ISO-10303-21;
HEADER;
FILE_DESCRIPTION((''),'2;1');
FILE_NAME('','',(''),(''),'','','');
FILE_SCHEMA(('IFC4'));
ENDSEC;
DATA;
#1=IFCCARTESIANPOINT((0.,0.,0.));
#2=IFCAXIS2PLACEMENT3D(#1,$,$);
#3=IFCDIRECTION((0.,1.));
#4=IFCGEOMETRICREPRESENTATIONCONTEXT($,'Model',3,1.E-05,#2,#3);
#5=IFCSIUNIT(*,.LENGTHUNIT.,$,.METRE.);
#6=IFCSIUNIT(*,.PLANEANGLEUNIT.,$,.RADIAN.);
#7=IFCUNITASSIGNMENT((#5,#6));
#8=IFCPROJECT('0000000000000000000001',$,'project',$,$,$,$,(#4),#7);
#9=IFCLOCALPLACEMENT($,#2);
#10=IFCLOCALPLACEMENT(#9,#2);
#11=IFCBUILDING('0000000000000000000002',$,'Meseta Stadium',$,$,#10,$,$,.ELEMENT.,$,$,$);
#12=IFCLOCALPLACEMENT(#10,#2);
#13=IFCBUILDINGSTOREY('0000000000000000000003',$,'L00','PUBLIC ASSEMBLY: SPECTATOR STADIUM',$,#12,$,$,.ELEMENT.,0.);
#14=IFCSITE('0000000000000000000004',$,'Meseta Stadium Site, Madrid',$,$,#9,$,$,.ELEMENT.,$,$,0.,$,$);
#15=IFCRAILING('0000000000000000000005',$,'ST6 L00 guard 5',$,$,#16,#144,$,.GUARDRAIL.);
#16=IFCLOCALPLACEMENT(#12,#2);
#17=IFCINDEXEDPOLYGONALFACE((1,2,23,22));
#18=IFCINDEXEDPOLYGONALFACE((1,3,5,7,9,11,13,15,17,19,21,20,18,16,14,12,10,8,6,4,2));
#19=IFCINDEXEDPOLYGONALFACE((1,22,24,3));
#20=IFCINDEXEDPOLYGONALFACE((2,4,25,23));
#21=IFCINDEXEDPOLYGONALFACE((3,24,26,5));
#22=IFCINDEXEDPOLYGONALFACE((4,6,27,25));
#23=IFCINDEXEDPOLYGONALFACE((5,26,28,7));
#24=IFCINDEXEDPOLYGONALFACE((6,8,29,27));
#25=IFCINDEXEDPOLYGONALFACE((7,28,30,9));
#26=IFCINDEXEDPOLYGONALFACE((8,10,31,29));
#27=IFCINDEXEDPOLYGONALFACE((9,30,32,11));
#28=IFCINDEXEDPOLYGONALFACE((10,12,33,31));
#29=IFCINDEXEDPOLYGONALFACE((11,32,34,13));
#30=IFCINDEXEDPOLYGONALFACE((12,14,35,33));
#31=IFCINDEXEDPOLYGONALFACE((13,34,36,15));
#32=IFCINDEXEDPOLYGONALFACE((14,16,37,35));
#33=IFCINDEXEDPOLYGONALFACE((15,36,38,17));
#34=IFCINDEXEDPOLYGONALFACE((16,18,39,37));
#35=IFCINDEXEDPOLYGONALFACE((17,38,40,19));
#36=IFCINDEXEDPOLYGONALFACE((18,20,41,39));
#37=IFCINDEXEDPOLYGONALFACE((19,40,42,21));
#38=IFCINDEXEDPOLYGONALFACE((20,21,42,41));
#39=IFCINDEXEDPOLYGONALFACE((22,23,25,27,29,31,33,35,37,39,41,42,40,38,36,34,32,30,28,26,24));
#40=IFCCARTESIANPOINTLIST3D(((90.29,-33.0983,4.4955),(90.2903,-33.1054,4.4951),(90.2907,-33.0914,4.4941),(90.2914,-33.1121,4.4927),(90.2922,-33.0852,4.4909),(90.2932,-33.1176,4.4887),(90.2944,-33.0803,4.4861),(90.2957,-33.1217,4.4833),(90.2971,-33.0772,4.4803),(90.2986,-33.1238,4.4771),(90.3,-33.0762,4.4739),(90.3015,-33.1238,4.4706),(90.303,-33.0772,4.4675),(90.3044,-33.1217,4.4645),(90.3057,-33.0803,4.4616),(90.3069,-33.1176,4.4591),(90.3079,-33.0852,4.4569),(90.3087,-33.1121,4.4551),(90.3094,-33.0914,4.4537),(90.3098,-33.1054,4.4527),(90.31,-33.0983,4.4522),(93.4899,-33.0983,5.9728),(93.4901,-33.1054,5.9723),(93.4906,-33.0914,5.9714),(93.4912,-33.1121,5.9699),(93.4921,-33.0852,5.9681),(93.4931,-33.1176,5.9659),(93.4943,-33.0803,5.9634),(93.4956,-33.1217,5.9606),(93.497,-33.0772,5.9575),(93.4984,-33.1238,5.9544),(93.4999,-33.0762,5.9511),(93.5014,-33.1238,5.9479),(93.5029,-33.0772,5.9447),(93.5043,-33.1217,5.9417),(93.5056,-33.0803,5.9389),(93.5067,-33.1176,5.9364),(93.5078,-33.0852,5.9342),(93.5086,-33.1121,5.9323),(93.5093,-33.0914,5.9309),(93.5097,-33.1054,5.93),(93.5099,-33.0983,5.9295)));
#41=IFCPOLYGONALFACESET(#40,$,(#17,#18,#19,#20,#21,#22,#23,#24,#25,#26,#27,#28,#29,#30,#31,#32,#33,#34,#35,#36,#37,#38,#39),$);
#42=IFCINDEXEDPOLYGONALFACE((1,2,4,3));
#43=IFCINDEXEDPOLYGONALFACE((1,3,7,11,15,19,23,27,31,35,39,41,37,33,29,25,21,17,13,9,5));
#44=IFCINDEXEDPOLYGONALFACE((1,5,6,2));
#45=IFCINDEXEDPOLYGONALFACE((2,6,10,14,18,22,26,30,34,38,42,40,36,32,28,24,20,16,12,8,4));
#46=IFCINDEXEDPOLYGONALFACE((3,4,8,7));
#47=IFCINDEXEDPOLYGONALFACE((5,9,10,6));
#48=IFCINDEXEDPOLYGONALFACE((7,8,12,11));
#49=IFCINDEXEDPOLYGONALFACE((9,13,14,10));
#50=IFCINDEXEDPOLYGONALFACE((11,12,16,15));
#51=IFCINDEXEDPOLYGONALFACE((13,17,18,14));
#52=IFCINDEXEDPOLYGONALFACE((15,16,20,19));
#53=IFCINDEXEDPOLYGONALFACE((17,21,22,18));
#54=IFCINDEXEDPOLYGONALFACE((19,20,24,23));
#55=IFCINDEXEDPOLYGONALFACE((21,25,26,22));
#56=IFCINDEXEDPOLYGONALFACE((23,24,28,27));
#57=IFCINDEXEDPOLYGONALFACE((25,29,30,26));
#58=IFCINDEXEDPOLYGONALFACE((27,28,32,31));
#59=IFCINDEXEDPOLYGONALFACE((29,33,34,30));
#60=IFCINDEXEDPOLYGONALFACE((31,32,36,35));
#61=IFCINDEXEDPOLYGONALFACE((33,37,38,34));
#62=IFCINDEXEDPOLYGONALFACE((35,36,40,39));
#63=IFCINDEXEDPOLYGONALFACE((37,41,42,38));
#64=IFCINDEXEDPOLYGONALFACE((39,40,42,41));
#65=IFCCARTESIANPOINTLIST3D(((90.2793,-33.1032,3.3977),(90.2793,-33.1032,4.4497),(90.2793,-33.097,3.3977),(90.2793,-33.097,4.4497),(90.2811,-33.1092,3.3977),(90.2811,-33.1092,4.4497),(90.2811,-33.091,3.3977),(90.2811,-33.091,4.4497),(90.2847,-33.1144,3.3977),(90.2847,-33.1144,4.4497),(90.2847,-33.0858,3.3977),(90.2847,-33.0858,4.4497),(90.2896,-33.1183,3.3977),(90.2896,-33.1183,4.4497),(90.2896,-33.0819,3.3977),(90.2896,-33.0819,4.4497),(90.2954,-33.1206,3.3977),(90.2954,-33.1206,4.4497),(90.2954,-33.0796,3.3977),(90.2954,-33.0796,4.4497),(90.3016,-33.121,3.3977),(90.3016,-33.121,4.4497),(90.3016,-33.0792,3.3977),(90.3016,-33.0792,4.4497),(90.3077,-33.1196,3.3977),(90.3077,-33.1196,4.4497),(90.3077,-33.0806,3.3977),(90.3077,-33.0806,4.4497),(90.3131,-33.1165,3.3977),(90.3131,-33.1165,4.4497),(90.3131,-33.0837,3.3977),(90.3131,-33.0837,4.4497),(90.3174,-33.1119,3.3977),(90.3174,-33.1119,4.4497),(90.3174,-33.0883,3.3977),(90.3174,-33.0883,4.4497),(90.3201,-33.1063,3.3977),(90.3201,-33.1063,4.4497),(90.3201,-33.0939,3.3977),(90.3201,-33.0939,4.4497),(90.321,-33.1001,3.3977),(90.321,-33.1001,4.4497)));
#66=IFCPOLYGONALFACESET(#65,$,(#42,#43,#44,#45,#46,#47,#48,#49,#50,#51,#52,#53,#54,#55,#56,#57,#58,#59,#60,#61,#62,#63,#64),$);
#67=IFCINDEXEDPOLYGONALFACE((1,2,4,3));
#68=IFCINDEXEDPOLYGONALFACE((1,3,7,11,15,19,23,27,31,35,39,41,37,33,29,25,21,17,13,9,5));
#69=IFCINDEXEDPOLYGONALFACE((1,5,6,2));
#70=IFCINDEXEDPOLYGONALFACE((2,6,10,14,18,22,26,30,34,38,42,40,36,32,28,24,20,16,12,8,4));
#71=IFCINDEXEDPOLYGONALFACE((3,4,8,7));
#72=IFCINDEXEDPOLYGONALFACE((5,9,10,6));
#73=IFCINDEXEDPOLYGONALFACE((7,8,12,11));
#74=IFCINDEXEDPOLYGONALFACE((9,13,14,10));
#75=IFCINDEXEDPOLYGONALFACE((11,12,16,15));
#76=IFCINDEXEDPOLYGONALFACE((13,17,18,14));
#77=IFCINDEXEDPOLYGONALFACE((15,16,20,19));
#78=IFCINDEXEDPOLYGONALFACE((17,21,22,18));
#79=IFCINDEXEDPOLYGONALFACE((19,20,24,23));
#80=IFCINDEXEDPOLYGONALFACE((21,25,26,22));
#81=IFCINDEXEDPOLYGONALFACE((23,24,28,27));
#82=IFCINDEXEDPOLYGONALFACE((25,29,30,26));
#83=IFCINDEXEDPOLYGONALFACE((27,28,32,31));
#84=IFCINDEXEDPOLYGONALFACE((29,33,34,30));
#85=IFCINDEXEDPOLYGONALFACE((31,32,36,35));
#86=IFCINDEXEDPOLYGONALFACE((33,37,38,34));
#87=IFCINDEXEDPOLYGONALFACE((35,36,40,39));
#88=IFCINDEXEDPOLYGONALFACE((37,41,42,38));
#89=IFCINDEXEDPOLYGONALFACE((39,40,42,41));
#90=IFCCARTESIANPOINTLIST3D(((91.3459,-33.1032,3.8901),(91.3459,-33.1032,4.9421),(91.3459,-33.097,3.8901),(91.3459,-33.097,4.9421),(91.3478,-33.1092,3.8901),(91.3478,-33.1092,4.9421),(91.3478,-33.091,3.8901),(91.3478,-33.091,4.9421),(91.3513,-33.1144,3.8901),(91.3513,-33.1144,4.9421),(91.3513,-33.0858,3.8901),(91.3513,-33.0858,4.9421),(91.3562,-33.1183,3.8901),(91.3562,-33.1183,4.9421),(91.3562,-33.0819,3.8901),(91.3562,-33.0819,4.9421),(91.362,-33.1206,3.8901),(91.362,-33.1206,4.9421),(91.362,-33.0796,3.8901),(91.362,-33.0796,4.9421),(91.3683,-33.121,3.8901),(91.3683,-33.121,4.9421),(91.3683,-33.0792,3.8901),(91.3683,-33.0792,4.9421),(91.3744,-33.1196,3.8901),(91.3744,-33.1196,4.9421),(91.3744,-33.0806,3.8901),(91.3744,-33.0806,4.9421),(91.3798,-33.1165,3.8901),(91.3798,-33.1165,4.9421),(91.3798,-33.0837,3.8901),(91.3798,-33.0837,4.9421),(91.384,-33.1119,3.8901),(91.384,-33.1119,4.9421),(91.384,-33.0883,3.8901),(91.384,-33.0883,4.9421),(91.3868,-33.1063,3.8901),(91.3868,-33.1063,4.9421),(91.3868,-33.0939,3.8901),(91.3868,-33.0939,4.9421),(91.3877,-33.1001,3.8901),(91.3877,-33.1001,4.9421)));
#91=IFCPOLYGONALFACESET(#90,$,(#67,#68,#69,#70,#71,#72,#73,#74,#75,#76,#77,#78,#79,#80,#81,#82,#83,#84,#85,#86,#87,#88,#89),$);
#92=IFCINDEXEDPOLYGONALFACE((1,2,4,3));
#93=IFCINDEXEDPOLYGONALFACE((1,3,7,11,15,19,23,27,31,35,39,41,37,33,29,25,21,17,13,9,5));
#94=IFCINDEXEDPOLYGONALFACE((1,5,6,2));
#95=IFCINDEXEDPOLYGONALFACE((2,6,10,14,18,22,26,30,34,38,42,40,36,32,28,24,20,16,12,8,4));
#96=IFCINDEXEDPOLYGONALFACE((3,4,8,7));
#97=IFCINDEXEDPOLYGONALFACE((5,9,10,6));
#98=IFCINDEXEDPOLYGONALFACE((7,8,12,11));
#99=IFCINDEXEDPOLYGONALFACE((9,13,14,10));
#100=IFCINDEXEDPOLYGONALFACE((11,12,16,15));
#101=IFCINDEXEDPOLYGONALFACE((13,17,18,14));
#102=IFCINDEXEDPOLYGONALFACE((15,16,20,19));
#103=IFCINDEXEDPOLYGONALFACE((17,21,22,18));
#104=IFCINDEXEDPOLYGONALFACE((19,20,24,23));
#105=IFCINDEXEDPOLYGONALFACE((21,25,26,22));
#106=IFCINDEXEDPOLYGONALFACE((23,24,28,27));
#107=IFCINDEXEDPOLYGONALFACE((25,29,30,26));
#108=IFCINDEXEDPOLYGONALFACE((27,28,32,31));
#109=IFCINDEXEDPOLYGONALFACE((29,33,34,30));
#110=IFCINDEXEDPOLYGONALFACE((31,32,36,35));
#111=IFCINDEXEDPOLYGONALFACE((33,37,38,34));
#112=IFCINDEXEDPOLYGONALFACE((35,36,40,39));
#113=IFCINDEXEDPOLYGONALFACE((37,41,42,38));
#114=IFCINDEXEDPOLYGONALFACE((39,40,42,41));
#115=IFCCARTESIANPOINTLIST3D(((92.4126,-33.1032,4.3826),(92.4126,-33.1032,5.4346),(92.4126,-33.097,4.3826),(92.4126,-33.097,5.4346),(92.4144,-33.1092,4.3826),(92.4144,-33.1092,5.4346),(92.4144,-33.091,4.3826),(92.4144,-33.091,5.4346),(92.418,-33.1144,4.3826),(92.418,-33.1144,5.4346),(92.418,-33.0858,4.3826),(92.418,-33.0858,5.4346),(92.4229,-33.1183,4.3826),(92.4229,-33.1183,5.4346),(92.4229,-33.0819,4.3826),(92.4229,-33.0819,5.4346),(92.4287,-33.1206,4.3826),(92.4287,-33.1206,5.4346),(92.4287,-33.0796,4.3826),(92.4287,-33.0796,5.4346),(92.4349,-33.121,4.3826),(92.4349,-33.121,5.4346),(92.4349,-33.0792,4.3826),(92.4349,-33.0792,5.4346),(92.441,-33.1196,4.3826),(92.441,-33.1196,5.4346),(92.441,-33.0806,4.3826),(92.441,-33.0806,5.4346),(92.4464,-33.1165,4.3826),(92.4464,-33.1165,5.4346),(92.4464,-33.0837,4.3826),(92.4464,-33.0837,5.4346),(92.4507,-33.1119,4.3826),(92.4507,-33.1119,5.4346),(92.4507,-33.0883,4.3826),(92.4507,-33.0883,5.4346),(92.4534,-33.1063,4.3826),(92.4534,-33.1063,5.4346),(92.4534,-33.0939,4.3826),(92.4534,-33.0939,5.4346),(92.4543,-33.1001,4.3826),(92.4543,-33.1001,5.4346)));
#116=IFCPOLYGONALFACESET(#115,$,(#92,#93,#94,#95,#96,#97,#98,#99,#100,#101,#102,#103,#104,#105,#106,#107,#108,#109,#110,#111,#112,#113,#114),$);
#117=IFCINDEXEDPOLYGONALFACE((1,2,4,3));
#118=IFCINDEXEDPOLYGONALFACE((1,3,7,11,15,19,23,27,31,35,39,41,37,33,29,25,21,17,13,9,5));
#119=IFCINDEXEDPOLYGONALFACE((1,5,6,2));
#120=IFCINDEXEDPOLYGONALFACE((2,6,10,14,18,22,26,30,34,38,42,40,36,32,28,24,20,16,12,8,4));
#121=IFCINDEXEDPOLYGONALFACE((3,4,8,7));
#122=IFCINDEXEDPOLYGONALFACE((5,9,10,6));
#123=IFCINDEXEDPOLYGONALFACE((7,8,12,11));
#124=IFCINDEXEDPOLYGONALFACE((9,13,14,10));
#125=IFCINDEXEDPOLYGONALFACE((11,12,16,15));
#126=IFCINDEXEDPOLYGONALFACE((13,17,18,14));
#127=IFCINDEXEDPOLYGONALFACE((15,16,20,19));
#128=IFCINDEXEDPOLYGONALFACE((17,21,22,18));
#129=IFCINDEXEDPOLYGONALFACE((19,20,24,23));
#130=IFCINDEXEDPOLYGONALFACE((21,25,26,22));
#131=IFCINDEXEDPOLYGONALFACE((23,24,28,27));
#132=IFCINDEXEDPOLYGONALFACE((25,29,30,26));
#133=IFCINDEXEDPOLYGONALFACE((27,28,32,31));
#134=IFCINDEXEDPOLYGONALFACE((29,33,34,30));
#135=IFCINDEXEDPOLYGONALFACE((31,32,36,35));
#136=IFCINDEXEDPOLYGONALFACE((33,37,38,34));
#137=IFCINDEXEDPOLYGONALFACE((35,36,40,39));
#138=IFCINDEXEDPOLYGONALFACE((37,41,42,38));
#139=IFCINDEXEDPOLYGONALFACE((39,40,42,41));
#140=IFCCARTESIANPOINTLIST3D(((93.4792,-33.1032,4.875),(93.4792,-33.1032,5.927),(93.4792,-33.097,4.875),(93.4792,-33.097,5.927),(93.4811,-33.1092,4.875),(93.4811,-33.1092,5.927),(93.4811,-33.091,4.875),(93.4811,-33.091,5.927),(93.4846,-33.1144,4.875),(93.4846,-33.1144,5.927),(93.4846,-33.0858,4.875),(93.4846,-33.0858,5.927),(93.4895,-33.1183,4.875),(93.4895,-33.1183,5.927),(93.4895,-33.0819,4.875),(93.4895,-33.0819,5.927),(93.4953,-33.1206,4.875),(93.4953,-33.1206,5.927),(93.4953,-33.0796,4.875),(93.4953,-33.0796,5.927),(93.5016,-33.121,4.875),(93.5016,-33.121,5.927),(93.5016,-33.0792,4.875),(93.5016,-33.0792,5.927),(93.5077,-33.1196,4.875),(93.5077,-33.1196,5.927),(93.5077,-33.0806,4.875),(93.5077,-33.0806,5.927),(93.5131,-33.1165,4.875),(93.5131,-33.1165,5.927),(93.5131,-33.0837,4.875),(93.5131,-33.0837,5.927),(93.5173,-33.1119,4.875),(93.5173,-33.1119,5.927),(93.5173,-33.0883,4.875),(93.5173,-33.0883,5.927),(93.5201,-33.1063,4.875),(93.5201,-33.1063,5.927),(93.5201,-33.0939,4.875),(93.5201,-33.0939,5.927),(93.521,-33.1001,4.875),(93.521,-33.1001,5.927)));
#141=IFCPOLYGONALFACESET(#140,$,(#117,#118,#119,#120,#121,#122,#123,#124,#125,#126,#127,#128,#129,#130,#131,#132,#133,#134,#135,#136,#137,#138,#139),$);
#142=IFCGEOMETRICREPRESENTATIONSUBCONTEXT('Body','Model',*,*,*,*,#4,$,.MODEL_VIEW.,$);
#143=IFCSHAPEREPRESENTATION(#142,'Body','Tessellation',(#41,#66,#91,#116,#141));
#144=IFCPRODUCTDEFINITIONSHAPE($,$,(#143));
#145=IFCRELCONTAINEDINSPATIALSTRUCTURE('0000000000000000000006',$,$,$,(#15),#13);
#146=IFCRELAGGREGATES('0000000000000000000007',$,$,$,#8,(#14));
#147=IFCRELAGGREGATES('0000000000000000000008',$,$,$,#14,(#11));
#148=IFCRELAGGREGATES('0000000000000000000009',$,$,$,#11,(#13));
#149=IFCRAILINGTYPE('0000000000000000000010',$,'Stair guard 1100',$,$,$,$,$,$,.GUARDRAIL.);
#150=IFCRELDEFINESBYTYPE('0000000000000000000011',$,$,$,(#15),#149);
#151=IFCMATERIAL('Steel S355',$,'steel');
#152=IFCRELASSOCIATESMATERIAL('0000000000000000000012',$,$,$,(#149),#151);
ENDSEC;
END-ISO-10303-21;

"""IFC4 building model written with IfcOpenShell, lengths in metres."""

from ifc_helpers import new_model, si_unit, direction, frame, origin, origin_2d, place, context, subcontext, project, spatial, circle, extrude, material, type_object, element, save


model = new_model("IFC4")

# Units and contexts
model_context = context("Model", 3, precision=1e-05, world=origin(), true_north=direction((0.0, 1.0)))
body_context = subcontext(model_context, "Body", "Model", "MODEL_VIEW")
ifc_project = project(units=[si_unit("LENGTHUNIT", "METRE"), si_unit("PLANEANGLEUNIT", "RADIAN")], contexts=[model_context])

# Site, building, storey
site_placement = place(None, origin())
site = spatial("IfcSite", under=ifc_project, at=site_placement, Name="Meseta Stadium Site, Madrid", CompositionType="ELEMENT", RefElevation=0.0)
building_placement = place(site_placement, origin())
building = spatial("IfcBuilding", under=site, at=building_placement, Name="Meseta Stadium", CompositionType="ELEMENT")
storey_placement = place(building_placement, origin())
storey = spatial("IfcBuildingStorey", under=building, at=storey_placement, Name="L00", Description="PUBLIC ASSEMBLY: SPECTATOR STADIUM", CompositionType="ELEMENT", Elevation=0.0)

# Railing
ifc_material_1 = material(Name="Steel S355", Category="steel")
railing_type_1 = type_object("IfcRailingType", Name="Stair guard 1100", PredefinedType="GUARDRAIL", material=ifc_material_1)
railing_1_placement = place(storey_placement, frame((90.3, -33.1001, 3.3977)))
element("IfcRailing", 1, at=railing_1_placement, inside=storey, type_object=railing_type_1, Name="ST6 L00 guard 5", PredefinedType="GUARDRAIL", context=body_context, shape_type="SweptSolid", body=[
    extrude(circle(Radius=0.0239, at=origin_2d()), frame((0.0, 0.0, 1.0762), z_axis=(0.907917, 0.0, 0.41915), x_axis=(0.0, 1.0, 0.0)), (0.0, 0.0, 1.0), 3.5244),
    extrude(circle(Radius=0.021, at=origin_2d()), origin(), (0.0, 0.0, 1.0), 1.052),
    extrude(circle(Radius=0.021, at=origin_2d()), frame((1.0667, 0.0, 0.4924)), (0.0, 0.0, 1.0), 1.052),
    extrude(circle(Radius=0.021, at=origin_2d()), frame((2.1333, 0.0, 0.9849)), (0.0, 0.0, 1.0), 1.052),
    extrude(circle(Radius=0.021, at=origin_2d()), frame((3.2, 0.0, 1.4773)), (0.0, 0.0, 1.0), 1.052),
])

save(model, "model.ifc")
